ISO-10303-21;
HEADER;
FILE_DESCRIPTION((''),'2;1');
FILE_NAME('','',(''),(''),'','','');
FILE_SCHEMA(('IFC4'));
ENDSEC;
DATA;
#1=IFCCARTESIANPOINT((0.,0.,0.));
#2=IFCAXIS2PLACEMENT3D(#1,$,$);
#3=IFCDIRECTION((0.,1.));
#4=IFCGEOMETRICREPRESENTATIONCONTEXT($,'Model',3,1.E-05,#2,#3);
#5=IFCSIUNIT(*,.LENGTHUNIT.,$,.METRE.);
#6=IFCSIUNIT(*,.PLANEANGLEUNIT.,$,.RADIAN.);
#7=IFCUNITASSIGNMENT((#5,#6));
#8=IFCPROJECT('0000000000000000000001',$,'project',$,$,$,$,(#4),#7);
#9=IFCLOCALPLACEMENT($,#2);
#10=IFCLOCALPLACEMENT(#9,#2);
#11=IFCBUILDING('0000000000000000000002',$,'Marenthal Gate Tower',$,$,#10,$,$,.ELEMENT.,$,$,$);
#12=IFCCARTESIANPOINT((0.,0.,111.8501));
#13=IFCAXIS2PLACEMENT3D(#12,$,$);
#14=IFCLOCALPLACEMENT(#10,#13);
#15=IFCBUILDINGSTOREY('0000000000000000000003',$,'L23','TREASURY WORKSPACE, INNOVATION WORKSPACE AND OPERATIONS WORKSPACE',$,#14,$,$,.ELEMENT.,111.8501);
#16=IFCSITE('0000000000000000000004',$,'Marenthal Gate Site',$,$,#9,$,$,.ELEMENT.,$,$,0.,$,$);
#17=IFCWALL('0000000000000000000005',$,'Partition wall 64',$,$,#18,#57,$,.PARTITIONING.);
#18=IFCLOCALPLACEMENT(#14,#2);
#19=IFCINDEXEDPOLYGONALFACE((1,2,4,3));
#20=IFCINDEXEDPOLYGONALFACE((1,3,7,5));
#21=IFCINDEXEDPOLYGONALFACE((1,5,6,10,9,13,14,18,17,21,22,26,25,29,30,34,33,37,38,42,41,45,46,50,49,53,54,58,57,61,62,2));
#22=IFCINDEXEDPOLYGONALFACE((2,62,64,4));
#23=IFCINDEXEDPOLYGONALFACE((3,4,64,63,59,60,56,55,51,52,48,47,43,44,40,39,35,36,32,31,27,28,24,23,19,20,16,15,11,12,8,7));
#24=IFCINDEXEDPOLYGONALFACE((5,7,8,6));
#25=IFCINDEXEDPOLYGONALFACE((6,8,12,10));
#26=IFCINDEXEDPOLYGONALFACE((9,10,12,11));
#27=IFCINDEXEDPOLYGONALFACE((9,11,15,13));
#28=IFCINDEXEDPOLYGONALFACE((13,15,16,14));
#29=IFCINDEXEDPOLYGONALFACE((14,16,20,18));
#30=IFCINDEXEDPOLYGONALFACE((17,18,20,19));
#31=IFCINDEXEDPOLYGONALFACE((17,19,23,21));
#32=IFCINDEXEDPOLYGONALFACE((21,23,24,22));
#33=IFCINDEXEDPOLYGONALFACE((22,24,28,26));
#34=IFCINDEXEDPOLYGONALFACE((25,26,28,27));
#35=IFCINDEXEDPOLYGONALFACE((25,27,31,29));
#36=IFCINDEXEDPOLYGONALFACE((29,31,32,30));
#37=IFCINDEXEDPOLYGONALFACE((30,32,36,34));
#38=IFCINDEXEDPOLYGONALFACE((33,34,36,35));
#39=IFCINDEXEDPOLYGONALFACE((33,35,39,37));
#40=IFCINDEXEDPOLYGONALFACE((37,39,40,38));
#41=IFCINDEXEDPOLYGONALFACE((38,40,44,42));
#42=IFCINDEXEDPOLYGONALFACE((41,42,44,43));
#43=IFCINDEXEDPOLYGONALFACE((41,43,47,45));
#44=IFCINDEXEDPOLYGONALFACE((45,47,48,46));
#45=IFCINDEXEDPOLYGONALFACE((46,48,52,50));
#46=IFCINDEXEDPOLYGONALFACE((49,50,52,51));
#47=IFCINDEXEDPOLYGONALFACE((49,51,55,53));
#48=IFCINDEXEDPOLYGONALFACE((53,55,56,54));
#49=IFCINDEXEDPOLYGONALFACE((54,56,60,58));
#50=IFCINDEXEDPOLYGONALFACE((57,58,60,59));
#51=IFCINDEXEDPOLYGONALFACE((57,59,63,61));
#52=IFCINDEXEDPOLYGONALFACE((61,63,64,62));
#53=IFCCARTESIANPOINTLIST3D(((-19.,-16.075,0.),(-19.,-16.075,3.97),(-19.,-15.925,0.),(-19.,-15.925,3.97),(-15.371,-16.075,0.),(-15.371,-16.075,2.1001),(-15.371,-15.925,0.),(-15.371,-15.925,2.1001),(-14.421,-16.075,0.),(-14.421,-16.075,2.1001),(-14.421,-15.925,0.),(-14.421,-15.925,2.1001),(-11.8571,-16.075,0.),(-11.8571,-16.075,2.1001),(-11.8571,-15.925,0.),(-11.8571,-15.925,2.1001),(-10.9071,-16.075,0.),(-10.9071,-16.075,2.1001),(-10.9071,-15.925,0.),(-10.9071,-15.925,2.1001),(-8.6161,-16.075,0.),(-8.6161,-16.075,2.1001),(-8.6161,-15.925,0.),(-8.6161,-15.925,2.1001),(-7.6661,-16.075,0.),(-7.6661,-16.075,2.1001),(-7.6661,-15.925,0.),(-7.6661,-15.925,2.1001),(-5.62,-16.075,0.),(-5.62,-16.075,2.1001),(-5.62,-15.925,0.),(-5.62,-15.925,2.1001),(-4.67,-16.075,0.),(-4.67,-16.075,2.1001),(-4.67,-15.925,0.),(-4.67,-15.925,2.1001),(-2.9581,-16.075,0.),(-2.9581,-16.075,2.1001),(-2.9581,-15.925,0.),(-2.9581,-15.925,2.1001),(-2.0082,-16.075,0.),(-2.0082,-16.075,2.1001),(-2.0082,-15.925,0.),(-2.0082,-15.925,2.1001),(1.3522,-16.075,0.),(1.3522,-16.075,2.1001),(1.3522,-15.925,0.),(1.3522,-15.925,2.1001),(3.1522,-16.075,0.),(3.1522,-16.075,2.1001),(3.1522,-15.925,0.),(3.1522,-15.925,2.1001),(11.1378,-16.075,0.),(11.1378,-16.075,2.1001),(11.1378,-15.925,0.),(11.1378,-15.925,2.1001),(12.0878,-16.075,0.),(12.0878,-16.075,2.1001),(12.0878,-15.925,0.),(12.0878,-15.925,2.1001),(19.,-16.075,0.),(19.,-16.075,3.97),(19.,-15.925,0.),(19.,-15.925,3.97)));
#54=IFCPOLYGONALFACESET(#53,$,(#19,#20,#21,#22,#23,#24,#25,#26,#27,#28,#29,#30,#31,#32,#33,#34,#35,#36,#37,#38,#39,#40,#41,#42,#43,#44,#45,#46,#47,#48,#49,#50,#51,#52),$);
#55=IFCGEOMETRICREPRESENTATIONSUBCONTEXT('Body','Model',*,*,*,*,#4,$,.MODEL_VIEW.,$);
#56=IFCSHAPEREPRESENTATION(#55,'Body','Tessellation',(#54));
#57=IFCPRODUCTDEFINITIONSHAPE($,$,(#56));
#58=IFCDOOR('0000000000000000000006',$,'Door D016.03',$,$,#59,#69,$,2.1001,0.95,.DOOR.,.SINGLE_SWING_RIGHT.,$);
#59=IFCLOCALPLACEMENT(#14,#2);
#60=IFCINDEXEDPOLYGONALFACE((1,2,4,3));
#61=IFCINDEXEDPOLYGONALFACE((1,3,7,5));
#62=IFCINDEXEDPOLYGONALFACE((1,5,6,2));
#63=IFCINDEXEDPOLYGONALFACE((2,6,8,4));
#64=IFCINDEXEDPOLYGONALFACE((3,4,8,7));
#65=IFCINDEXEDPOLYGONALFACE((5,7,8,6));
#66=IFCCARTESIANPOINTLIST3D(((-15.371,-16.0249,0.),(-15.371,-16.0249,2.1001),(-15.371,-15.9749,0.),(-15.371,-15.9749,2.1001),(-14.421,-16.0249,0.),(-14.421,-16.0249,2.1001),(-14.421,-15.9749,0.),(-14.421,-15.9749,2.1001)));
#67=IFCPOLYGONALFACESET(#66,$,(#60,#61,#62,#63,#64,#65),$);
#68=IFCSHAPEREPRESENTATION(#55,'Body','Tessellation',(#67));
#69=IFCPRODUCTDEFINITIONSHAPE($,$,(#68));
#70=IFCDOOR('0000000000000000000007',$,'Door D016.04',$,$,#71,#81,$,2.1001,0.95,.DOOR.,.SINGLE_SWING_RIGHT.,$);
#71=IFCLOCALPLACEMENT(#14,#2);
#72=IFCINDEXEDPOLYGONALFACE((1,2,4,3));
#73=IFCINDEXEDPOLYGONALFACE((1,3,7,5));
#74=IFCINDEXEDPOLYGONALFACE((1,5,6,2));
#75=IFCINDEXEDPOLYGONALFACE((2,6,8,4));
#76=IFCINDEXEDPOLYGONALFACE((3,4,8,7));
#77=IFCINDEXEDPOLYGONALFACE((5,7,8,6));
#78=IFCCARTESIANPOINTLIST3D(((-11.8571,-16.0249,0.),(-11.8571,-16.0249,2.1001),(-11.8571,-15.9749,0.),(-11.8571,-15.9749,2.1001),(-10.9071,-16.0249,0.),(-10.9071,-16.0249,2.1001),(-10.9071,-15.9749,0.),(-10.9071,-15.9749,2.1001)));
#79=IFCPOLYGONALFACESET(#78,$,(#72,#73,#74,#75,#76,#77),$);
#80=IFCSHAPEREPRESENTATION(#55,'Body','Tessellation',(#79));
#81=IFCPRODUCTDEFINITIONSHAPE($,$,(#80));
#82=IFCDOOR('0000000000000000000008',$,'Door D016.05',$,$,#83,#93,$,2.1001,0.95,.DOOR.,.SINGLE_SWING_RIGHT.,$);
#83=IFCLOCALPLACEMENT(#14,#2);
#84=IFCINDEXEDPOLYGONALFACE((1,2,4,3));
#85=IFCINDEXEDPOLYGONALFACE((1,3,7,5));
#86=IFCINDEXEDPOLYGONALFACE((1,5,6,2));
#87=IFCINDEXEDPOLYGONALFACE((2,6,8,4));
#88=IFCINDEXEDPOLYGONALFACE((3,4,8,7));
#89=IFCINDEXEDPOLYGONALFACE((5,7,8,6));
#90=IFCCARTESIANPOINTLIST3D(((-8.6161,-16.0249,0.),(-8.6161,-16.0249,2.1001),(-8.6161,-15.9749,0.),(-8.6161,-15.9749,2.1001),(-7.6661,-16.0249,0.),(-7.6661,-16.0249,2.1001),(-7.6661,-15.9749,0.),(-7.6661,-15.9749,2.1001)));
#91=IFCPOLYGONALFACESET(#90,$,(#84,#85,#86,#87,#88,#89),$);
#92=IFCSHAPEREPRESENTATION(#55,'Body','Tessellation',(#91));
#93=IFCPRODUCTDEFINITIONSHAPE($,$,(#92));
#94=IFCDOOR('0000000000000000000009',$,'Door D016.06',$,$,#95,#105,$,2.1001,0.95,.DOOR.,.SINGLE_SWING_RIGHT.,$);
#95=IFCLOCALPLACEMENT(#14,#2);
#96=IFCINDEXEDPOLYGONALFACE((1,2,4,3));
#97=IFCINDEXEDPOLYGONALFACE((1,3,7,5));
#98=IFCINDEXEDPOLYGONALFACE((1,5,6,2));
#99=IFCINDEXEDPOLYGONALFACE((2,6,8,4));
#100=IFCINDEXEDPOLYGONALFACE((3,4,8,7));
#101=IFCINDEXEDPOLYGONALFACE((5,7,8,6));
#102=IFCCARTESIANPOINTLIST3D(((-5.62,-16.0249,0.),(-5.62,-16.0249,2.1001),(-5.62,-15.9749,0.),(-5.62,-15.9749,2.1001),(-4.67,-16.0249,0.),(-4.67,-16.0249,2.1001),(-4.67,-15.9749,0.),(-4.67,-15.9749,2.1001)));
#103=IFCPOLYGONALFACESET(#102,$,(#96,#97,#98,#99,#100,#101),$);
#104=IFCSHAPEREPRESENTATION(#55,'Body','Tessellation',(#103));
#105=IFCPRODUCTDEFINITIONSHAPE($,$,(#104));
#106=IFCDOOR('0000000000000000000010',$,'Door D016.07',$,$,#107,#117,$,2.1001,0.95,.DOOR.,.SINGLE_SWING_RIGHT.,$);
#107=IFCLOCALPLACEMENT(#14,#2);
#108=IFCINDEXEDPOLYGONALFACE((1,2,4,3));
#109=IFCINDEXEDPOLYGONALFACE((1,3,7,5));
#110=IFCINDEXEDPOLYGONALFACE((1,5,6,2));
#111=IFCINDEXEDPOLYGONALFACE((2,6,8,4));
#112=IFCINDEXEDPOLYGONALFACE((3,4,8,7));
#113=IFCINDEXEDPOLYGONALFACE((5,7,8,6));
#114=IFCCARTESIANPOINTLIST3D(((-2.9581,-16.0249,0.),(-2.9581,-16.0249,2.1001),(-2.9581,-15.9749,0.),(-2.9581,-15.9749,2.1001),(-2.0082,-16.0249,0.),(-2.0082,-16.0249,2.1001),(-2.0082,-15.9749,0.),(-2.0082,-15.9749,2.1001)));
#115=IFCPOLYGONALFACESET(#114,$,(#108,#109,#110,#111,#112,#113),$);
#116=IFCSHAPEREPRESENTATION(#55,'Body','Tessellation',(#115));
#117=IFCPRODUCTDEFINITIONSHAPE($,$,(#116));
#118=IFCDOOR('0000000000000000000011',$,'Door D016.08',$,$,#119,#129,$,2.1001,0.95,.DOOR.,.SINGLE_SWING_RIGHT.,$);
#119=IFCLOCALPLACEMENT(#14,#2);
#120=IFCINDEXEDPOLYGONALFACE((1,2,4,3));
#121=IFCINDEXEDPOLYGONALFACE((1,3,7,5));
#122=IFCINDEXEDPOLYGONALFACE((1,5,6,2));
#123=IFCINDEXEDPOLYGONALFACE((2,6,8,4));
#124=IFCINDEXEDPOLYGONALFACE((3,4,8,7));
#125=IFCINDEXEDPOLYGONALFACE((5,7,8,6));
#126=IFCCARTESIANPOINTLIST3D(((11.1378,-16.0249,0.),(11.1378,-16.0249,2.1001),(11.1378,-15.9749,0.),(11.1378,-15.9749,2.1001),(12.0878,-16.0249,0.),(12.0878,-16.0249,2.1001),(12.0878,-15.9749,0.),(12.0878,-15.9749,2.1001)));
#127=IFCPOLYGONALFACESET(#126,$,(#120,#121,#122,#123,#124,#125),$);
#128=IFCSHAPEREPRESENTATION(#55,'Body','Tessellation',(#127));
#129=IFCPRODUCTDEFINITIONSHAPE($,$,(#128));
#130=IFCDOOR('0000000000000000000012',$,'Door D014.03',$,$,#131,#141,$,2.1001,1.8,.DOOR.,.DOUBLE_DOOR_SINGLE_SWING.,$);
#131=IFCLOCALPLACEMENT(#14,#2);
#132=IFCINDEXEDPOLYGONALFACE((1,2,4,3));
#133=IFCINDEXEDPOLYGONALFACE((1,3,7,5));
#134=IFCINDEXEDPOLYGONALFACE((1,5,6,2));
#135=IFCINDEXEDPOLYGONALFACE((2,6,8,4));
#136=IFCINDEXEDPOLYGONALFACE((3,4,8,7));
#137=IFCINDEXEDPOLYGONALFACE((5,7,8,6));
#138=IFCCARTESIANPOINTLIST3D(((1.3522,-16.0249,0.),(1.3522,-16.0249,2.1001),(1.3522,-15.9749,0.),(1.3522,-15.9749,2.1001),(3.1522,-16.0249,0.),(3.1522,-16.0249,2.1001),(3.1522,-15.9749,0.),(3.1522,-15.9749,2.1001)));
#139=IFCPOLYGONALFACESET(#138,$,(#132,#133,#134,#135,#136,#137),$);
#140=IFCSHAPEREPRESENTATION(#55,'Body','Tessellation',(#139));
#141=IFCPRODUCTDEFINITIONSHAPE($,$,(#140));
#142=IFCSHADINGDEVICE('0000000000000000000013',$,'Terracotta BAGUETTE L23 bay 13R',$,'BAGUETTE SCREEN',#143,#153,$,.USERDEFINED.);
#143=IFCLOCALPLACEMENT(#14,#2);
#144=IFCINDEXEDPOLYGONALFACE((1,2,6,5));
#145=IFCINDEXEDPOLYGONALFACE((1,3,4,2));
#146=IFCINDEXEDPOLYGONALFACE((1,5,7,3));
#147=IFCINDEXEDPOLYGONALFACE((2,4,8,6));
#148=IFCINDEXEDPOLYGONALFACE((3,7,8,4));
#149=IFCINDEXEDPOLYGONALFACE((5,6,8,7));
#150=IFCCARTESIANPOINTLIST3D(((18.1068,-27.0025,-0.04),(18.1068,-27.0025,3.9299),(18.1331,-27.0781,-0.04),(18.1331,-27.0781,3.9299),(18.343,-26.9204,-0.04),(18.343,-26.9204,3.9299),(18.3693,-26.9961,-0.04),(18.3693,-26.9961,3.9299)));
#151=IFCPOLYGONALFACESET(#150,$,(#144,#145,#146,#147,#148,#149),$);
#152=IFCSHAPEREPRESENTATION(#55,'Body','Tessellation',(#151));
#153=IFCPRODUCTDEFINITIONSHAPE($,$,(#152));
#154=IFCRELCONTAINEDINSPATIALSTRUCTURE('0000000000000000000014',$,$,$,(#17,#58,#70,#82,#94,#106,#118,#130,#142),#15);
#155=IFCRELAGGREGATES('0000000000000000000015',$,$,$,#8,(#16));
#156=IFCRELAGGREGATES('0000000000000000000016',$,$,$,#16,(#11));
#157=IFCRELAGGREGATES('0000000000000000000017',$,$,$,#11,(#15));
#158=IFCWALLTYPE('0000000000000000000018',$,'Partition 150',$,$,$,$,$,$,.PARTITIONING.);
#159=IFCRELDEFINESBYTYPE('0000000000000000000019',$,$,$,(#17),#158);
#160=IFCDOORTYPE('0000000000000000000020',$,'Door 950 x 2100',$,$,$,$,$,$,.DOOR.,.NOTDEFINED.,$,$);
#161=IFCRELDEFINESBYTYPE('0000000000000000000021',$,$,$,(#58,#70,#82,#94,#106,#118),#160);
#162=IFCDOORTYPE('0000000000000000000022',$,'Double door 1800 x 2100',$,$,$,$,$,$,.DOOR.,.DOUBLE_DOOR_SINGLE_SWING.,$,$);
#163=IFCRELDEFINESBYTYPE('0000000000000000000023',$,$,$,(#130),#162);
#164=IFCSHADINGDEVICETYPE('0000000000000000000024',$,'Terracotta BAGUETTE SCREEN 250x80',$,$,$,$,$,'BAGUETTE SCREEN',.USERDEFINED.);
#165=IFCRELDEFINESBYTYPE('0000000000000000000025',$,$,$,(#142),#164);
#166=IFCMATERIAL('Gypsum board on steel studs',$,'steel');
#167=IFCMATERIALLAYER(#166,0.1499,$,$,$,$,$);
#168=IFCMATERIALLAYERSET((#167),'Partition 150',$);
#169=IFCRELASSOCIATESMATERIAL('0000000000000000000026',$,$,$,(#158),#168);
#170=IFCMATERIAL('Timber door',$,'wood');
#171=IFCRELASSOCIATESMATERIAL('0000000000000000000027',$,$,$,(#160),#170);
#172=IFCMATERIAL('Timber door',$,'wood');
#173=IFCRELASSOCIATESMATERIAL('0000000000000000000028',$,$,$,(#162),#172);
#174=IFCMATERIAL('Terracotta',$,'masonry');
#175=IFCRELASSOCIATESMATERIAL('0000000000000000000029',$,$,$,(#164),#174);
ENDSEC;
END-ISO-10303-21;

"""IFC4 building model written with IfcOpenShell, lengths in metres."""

from ifc_helpers import new_model, si_unit, direction, frame, frame_2d, origin, origin_2d, place, context, subcontext, project, spatial, rectangle, extrude, material, layer, layer_set, material_profile, profile_set, type_object, element, fill, save


model = new_model("IFC4")

# Units and contexts
model_context = context("Model", 3, precision=1e-05, world=origin(), true_north=direction((0.0, 1.0)))
body_context = subcontext(model_context, "Body", "Model", "MODEL_VIEW")
ifc_project = project(units=[si_unit("LENGTHUNIT", "METRE"), si_unit("PLANEANGLEUNIT", "RADIAN")], contexts=[model_context])

# Site, building, storey
site_placement = place(None, origin())
site = spatial("IfcSite", under=ifc_project, at=site_placement, Name="Marenthal Gate Site", CompositionType="ELEMENT", RefElevation=0.0)
building_placement = place(site_placement, origin())
building = spatial("IfcBuilding", under=site, at=building_placement, Name="Marenthal Gate Tower", CompositionType="ELEMENT")
storey_placement = place(building_placement, frame((0.0, 0.0, 111.8501)))
storey = spatial("IfcBuildingStorey", under=building, at=storey_placement, Name="L23", Description="TREASURY WORKSPACE, INNOVATION WORKSPACE AND OPERATIONS WORKSPACE", CompositionType="ELEMENT", Elevation=111.8501)

# Wall, openings, doors
ifc_material_1 = material(Name="Gypsum board on steel studs", Category="steel")
ifc_layer_1 = layer(ifc_material_1, 0.1499)
ifc_layer_set_1 = layer_set([ifc_layer_1], Name="Partition 150")
wall_type_1 = type_object("IfcWallType", Name="Partition 150", PredefinedType="PARTITIONING", material=ifc_layer_set_1)
wall_1_placement = place(storey_placement, frame((19.0, -16.0, 0.0), z_axis=(0.0, 0.0, 1.0), x_axis=(-1.0, 0.0, 0.0)))
wall_1 = element("IfcWall", 1, at=wall_1_placement, inside=storey, type_object=wall_type_1, Name="Partition wall 64", PredefinedType="PARTITIONING", context=body_context, shape_type="SweptSolid", body=[
    extrude(rectangle(XDim=38.0, YDim=0.1499, at=frame_2d((19.0, 0.0))), origin(), (0.0, 0.0, 1.0), 3.97),
])
opening_1_placement = place(wall_1_placement, frame((33.4209, 0.0, 0.0)))
opening_1 = element("IfcOpeningElement", 2, at=opening_1_placement, cuts=wall_1, PredefinedType="OPENING", context=body_context, shape_type="SweptSolid", body=[
    extrude(rectangle(XDim=0.95, YDim=2.1001, at=frame_2d((0.4751, 1.05))), frame((0.0, 0.085, 0.0), z_axis=(0.0, -1.0, 0.0), x_axis=(1.0, 0.0, 0.0)), (0.0, 0.0, 1.0), 0.1699),
])
opening_2_placement = place(wall_1_placement, frame((29.907, 0.0, 0.0)))
opening_2 = element("IfcOpeningElement", 3, at=opening_2_placement, cuts=wall_1, PredefinedType="OPENING", context=body_context, shape_type="SweptSolid", body=[
    extrude(rectangle(XDim=0.95, YDim=2.1001, at=frame_2d((0.4751, 1.05))), frame((0.0, 0.085, 0.0), z_axis=(0.0, -1.0, 0.0), x_axis=(1.0, 0.0, 0.0)), (0.0, 0.0, 1.0), 0.1699),
])
opening_3_placement = place(wall_1_placement, frame((26.666, 0.0, 0.0)))
opening_3 = element("IfcOpeningElement", 4, at=opening_3_placement, cuts=wall_1, PredefinedType="OPENING", context=body_context, shape_type="SweptSolid", body=[
    extrude(rectangle(XDim=0.95, YDim=2.1001, at=frame_2d((0.4751, 1.05))), frame((0.0, 0.085, 0.0), z_axis=(0.0, -1.0, 0.0), x_axis=(1.0, 0.0, 0.0)), (0.0, 0.0, 1.0), 0.1699),
])
opening_4_placement = place(wall_1_placement, frame((23.6699, 0.0, 0.0)))
opening_4 = element("IfcOpeningElement", 5, at=opening_4_placement, cuts=wall_1, PredefinedType="OPENING", context=body_context, shape_type="SweptSolid", body=[
    extrude(rectangle(XDim=0.95, YDim=2.1001, at=frame_2d((0.4751, 1.05))), frame((0.0, 0.085, 0.0), z_axis=(0.0, -1.0, 0.0), x_axis=(1.0, 0.0, 0.0)), (0.0, 0.0, 1.0), 0.1699),
])
opening_5_placement = place(wall_1_placement, frame((21.0081, 0.0, 0.0)))
opening_5 = element("IfcOpeningElement", 6, at=opening_5_placement, cuts=wall_1, PredefinedType="OPENING", context=body_context, shape_type="SweptSolid", body=[
    extrude(rectangle(XDim=0.95, YDim=2.1001, at=frame_2d((0.4751, 1.05))), frame((0.0, 0.085, 0.0), z_axis=(0.0, -1.0, 0.0), x_axis=(1.0, 0.0, 0.0)), (0.0, 0.0, 1.0), 0.1699),
])
opening_6_placement = place(wall_1_placement, frame((6.9121, 0.0, 0.0)))
opening_6 = element("IfcOpeningElement", 7, at=opening_6_placement, cuts=wall_1, PredefinedType="OPENING", context=body_context, shape_type="SweptSolid", body=[
    extrude(rectangle(XDim=0.95, YDim=2.1001, at=frame_2d((0.4751, 1.05))), frame((0.0, 0.085, 0.0), z_axis=(0.0, -1.0, 0.0), x_axis=(1.0, 0.0, 0.0)), (0.0, 0.0, 1.0), 0.1699),
])
opening_7_placement = place(wall_1_placement, frame((15.8479, 0.0, 0.0)))
opening_7 = element("IfcOpeningElement", 8, at=opening_7_placement, cuts=wall_1, PredefinedType="OPENING", context=body_context, shape_type="SweptSolid", body=[
    extrude(rectangle(XDim=1.8, YDim=2.1001, at=frame_2d((0.8999, 1.05))), frame((0.0, 0.085, 0.0), z_axis=(0.0, -1.0, 0.0), x_axis=(1.0, 0.0, 0.0)), (0.0, 0.0, 1.0), 0.1699),
])
ifc_material_2 = material(Name="Timber door", Category="wood")
door_type_1 = type_object("IfcDoorType", Name="Door 950 x 2100", OperationType="NOTDEFINED", PredefinedType="DOOR", material=ifc_material_2)
door_1_placement = place(opening_1_placement, origin())
door_1 = element("IfcDoor", 9, at=door_1_placement, inside=storey, type_object=door_type_1, Name="Door D016.03", OperationType="SINGLE_SWING_RIGHT", OverallHeight=2.1001, OverallWidth=0.95, PredefinedType="DOOR", context=body_context, shape_type="SweptSolid", body=[
    extrude(rectangle(XDim=0.95, YDim=2.1001, at=frame_2d((0.4751, 1.05))), frame((0.0, 0.0249, 0.0), z_axis=(0.0, -1.0, 0.0), x_axis=(1.0, 0.0, 0.0)), (0.0, 0.0, 1.0), 0.05),
])
fill(opening_1, door_1)
door_2_placement = place(opening_2_placement, origin())
door_2 = element("IfcDoor", 10, at=door_2_placement, inside=storey, type_object=door_type_1, Name="Door D016.04", OperationType="SINGLE_SWING_RIGHT", OverallHeight=2.1001, OverallWidth=0.95, PredefinedType="DOOR", context=body_context, shape_type="SweptSolid", body=[
    extrude(rectangle(XDim=0.95, YDim=2.1001, at=frame_2d((0.4751, 1.05))), frame((0.0, 0.0249, 0.0), z_axis=(0.0, -1.0, 0.0), x_axis=(1.0, 0.0, 0.0)), (0.0, 0.0, 1.0), 0.05),
])
fill(opening_2, door_2)
door_3_placement = place(opening_3_placement, origin())
door_3 = element("IfcDoor", 11, at=door_3_placement, inside=storey, type_object=door_type_1, Name="Door D016.05", OperationType="SINGLE_SWING_RIGHT", OverallHeight=2.1001, OverallWidth=0.95, PredefinedType="DOOR", context=body_context, shape_type="SweptSolid", body=[
    extrude(rectangle(XDim=0.95, YDim=2.1001, at=frame_2d((0.4751, 1.05))), frame((0.0, 0.0249, 0.0), z_axis=(0.0, -1.0, 0.0), x_axis=(1.0, 0.0, 0.0)), (0.0, 0.0, 1.0), 0.05),
])
fill(opening_3, door_3)
door_4_placement = place(opening_4_placement, origin())
door_4 = element("IfcDoor", 12, at=door_4_placement, inside=storey, type_object=door_type_1, Name="Door D016.06", OperationType="SINGLE_SWING_RIGHT", OverallHeight=2.1001, OverallWidth=0.95, PredefinedType="DOOR", context=body_context, shape_type="SweptSolid", body=[
    extrude(rectangle(XDim=0.95, YDim=2.1001, at=frame_2d((0.4751, 1.05))), frame((0.0, 0.0249, 0.0), z_axis=(0.0, -1.0, 0.0), x_axis=(1.0, 0.0, 0.0)), (0.0, 0.0, 1.0), 0.05),
])
fill(opening_4, door_4)
door_5_placement = place(opening_5_placement, origin())
door_5 = element("IfcDoor", 13, at=door_5_placement, inside=storey, type_object=door_type_1, Name="Door D016.07", OperationType="SINGLE_SWING_RIGHT", OverallHeight=2.1001, OverallWidth=0.95, PredefinedType="DOOR", context=body_context, shape_type="SweptSolid", body=[
    extrude(rectangle(XDim=0.95, YDim=2.1001, at=frame_2d((0.4751, 1.05))), frame((0.0, 0.0249, 0.0), z_axis=(0.0, -1.0, 0.0), x_axis=(1.0, 0.0, 0.0)), (0.0, 0.0, 1.0), 0.05),
])
fill(opening_5, door_5)
door_6_placement = place(opening_6_placement, origin())
door_6 = element("IfcDoor", 14, at=door_6_placement, inside=storey, type_object=door_type_1, Name="Door D016.08", OperationType="SINGLE_SWING_RIGHT", OverallHeight=2.1001, OverallWidth=0.95, PredefinedType="DOOR", context=body_context, shape_type="SweptSolid", body=[
    extrude(rectangle(XDim=0.95, YDim=2.1001, at=frame_2d((0.4751, 1.05))), frame((0.0, 0.0249, 0.0), z_axis=(0.0, -1.0, 0.0), x_axis=(1.0, 0.0, 0.0)), (0.0, 0.0, 1.0), 0.05),
])
fill(opening_6, door_6)
ifc_material_3 = material(Name="Timber door", Category="wood")
door_type_2 = type_object("IfcDoorType", Name="Double door 1800 x 2100", OperationType="DOUBLE_DOOR_SINGLE_SWING", PredefinedType="DOOR", material=ifc_material_3)
door_7_placement = place(opening_7_placement, origin())
door_7 = element("IfcDoor", 15, at=door_7_placement, inside=storey, type_object=door_type_2, Name="Door D014.03", OperationType="DOUBLE_DOOR_SINGLE_SWING", OverallHeight=2.1001, OverallWidth=1.8, PredefinedType="DOOR", context=body_context, shape_type="SweptSolid", body=[
    extrude(rectangle(XDim=1.8, YDim=2.1001, at=frame_2d((0.8999, 1.05))), frame((0.0, 0.0249, 0.0), z_axis=(0.0, -1.0, 0.0), x_axis=(1.0, 0.0, 0.0)), (0.0, 0.0, 1.0), 0.05),
])
fill(opening_7, door_7)

# Shading device
ifc_material_4 = material(Name="Terracotta", Category="masonry")
ifc_material_profile_1 = material_profile(ifc_material_4, rectangle(XDim=0.25, YDim=0.0801, at=origin_2d()), Name="Terracotta baguette 250x80")
ifc_profile_set_1 = profile_set([ifc_material_profile_1], Name="Terracotta")
shading_device_type = type_object("IfcShadingDeviceType", Name="Terracotta BAGUETTE SCREEN 250x80", ElementType="BAGUETTE SCREEN", PredefinedType="USERDEFINED", material=ifc_profile_set_1)
shading_device_placement = place(storey_placement, frame((18.238, -26.9993, -0.04), z_axis=(0.0, 0.0, 1.0), x_axis=(0.944597, 0.328231, 0.0)))
element("IfcShadingDevice", 16, at=shading_device_placement, inside=storey, type_object=shading_device_type, Name="Terracotta BAGUETTE L23 bay 13R", ObjectType="BAGUETTE SCREEN", PredefinedType="USERDEFINED", context=body_context, shape_type="SweptSolid", body=[
    extrude(rectangle(XDim=0.25, YDim=0.0801, at=origin_2d()), origin(), (0.0, 0.0, 1.0), 3.97),
])

save(model, "model.ifc")
